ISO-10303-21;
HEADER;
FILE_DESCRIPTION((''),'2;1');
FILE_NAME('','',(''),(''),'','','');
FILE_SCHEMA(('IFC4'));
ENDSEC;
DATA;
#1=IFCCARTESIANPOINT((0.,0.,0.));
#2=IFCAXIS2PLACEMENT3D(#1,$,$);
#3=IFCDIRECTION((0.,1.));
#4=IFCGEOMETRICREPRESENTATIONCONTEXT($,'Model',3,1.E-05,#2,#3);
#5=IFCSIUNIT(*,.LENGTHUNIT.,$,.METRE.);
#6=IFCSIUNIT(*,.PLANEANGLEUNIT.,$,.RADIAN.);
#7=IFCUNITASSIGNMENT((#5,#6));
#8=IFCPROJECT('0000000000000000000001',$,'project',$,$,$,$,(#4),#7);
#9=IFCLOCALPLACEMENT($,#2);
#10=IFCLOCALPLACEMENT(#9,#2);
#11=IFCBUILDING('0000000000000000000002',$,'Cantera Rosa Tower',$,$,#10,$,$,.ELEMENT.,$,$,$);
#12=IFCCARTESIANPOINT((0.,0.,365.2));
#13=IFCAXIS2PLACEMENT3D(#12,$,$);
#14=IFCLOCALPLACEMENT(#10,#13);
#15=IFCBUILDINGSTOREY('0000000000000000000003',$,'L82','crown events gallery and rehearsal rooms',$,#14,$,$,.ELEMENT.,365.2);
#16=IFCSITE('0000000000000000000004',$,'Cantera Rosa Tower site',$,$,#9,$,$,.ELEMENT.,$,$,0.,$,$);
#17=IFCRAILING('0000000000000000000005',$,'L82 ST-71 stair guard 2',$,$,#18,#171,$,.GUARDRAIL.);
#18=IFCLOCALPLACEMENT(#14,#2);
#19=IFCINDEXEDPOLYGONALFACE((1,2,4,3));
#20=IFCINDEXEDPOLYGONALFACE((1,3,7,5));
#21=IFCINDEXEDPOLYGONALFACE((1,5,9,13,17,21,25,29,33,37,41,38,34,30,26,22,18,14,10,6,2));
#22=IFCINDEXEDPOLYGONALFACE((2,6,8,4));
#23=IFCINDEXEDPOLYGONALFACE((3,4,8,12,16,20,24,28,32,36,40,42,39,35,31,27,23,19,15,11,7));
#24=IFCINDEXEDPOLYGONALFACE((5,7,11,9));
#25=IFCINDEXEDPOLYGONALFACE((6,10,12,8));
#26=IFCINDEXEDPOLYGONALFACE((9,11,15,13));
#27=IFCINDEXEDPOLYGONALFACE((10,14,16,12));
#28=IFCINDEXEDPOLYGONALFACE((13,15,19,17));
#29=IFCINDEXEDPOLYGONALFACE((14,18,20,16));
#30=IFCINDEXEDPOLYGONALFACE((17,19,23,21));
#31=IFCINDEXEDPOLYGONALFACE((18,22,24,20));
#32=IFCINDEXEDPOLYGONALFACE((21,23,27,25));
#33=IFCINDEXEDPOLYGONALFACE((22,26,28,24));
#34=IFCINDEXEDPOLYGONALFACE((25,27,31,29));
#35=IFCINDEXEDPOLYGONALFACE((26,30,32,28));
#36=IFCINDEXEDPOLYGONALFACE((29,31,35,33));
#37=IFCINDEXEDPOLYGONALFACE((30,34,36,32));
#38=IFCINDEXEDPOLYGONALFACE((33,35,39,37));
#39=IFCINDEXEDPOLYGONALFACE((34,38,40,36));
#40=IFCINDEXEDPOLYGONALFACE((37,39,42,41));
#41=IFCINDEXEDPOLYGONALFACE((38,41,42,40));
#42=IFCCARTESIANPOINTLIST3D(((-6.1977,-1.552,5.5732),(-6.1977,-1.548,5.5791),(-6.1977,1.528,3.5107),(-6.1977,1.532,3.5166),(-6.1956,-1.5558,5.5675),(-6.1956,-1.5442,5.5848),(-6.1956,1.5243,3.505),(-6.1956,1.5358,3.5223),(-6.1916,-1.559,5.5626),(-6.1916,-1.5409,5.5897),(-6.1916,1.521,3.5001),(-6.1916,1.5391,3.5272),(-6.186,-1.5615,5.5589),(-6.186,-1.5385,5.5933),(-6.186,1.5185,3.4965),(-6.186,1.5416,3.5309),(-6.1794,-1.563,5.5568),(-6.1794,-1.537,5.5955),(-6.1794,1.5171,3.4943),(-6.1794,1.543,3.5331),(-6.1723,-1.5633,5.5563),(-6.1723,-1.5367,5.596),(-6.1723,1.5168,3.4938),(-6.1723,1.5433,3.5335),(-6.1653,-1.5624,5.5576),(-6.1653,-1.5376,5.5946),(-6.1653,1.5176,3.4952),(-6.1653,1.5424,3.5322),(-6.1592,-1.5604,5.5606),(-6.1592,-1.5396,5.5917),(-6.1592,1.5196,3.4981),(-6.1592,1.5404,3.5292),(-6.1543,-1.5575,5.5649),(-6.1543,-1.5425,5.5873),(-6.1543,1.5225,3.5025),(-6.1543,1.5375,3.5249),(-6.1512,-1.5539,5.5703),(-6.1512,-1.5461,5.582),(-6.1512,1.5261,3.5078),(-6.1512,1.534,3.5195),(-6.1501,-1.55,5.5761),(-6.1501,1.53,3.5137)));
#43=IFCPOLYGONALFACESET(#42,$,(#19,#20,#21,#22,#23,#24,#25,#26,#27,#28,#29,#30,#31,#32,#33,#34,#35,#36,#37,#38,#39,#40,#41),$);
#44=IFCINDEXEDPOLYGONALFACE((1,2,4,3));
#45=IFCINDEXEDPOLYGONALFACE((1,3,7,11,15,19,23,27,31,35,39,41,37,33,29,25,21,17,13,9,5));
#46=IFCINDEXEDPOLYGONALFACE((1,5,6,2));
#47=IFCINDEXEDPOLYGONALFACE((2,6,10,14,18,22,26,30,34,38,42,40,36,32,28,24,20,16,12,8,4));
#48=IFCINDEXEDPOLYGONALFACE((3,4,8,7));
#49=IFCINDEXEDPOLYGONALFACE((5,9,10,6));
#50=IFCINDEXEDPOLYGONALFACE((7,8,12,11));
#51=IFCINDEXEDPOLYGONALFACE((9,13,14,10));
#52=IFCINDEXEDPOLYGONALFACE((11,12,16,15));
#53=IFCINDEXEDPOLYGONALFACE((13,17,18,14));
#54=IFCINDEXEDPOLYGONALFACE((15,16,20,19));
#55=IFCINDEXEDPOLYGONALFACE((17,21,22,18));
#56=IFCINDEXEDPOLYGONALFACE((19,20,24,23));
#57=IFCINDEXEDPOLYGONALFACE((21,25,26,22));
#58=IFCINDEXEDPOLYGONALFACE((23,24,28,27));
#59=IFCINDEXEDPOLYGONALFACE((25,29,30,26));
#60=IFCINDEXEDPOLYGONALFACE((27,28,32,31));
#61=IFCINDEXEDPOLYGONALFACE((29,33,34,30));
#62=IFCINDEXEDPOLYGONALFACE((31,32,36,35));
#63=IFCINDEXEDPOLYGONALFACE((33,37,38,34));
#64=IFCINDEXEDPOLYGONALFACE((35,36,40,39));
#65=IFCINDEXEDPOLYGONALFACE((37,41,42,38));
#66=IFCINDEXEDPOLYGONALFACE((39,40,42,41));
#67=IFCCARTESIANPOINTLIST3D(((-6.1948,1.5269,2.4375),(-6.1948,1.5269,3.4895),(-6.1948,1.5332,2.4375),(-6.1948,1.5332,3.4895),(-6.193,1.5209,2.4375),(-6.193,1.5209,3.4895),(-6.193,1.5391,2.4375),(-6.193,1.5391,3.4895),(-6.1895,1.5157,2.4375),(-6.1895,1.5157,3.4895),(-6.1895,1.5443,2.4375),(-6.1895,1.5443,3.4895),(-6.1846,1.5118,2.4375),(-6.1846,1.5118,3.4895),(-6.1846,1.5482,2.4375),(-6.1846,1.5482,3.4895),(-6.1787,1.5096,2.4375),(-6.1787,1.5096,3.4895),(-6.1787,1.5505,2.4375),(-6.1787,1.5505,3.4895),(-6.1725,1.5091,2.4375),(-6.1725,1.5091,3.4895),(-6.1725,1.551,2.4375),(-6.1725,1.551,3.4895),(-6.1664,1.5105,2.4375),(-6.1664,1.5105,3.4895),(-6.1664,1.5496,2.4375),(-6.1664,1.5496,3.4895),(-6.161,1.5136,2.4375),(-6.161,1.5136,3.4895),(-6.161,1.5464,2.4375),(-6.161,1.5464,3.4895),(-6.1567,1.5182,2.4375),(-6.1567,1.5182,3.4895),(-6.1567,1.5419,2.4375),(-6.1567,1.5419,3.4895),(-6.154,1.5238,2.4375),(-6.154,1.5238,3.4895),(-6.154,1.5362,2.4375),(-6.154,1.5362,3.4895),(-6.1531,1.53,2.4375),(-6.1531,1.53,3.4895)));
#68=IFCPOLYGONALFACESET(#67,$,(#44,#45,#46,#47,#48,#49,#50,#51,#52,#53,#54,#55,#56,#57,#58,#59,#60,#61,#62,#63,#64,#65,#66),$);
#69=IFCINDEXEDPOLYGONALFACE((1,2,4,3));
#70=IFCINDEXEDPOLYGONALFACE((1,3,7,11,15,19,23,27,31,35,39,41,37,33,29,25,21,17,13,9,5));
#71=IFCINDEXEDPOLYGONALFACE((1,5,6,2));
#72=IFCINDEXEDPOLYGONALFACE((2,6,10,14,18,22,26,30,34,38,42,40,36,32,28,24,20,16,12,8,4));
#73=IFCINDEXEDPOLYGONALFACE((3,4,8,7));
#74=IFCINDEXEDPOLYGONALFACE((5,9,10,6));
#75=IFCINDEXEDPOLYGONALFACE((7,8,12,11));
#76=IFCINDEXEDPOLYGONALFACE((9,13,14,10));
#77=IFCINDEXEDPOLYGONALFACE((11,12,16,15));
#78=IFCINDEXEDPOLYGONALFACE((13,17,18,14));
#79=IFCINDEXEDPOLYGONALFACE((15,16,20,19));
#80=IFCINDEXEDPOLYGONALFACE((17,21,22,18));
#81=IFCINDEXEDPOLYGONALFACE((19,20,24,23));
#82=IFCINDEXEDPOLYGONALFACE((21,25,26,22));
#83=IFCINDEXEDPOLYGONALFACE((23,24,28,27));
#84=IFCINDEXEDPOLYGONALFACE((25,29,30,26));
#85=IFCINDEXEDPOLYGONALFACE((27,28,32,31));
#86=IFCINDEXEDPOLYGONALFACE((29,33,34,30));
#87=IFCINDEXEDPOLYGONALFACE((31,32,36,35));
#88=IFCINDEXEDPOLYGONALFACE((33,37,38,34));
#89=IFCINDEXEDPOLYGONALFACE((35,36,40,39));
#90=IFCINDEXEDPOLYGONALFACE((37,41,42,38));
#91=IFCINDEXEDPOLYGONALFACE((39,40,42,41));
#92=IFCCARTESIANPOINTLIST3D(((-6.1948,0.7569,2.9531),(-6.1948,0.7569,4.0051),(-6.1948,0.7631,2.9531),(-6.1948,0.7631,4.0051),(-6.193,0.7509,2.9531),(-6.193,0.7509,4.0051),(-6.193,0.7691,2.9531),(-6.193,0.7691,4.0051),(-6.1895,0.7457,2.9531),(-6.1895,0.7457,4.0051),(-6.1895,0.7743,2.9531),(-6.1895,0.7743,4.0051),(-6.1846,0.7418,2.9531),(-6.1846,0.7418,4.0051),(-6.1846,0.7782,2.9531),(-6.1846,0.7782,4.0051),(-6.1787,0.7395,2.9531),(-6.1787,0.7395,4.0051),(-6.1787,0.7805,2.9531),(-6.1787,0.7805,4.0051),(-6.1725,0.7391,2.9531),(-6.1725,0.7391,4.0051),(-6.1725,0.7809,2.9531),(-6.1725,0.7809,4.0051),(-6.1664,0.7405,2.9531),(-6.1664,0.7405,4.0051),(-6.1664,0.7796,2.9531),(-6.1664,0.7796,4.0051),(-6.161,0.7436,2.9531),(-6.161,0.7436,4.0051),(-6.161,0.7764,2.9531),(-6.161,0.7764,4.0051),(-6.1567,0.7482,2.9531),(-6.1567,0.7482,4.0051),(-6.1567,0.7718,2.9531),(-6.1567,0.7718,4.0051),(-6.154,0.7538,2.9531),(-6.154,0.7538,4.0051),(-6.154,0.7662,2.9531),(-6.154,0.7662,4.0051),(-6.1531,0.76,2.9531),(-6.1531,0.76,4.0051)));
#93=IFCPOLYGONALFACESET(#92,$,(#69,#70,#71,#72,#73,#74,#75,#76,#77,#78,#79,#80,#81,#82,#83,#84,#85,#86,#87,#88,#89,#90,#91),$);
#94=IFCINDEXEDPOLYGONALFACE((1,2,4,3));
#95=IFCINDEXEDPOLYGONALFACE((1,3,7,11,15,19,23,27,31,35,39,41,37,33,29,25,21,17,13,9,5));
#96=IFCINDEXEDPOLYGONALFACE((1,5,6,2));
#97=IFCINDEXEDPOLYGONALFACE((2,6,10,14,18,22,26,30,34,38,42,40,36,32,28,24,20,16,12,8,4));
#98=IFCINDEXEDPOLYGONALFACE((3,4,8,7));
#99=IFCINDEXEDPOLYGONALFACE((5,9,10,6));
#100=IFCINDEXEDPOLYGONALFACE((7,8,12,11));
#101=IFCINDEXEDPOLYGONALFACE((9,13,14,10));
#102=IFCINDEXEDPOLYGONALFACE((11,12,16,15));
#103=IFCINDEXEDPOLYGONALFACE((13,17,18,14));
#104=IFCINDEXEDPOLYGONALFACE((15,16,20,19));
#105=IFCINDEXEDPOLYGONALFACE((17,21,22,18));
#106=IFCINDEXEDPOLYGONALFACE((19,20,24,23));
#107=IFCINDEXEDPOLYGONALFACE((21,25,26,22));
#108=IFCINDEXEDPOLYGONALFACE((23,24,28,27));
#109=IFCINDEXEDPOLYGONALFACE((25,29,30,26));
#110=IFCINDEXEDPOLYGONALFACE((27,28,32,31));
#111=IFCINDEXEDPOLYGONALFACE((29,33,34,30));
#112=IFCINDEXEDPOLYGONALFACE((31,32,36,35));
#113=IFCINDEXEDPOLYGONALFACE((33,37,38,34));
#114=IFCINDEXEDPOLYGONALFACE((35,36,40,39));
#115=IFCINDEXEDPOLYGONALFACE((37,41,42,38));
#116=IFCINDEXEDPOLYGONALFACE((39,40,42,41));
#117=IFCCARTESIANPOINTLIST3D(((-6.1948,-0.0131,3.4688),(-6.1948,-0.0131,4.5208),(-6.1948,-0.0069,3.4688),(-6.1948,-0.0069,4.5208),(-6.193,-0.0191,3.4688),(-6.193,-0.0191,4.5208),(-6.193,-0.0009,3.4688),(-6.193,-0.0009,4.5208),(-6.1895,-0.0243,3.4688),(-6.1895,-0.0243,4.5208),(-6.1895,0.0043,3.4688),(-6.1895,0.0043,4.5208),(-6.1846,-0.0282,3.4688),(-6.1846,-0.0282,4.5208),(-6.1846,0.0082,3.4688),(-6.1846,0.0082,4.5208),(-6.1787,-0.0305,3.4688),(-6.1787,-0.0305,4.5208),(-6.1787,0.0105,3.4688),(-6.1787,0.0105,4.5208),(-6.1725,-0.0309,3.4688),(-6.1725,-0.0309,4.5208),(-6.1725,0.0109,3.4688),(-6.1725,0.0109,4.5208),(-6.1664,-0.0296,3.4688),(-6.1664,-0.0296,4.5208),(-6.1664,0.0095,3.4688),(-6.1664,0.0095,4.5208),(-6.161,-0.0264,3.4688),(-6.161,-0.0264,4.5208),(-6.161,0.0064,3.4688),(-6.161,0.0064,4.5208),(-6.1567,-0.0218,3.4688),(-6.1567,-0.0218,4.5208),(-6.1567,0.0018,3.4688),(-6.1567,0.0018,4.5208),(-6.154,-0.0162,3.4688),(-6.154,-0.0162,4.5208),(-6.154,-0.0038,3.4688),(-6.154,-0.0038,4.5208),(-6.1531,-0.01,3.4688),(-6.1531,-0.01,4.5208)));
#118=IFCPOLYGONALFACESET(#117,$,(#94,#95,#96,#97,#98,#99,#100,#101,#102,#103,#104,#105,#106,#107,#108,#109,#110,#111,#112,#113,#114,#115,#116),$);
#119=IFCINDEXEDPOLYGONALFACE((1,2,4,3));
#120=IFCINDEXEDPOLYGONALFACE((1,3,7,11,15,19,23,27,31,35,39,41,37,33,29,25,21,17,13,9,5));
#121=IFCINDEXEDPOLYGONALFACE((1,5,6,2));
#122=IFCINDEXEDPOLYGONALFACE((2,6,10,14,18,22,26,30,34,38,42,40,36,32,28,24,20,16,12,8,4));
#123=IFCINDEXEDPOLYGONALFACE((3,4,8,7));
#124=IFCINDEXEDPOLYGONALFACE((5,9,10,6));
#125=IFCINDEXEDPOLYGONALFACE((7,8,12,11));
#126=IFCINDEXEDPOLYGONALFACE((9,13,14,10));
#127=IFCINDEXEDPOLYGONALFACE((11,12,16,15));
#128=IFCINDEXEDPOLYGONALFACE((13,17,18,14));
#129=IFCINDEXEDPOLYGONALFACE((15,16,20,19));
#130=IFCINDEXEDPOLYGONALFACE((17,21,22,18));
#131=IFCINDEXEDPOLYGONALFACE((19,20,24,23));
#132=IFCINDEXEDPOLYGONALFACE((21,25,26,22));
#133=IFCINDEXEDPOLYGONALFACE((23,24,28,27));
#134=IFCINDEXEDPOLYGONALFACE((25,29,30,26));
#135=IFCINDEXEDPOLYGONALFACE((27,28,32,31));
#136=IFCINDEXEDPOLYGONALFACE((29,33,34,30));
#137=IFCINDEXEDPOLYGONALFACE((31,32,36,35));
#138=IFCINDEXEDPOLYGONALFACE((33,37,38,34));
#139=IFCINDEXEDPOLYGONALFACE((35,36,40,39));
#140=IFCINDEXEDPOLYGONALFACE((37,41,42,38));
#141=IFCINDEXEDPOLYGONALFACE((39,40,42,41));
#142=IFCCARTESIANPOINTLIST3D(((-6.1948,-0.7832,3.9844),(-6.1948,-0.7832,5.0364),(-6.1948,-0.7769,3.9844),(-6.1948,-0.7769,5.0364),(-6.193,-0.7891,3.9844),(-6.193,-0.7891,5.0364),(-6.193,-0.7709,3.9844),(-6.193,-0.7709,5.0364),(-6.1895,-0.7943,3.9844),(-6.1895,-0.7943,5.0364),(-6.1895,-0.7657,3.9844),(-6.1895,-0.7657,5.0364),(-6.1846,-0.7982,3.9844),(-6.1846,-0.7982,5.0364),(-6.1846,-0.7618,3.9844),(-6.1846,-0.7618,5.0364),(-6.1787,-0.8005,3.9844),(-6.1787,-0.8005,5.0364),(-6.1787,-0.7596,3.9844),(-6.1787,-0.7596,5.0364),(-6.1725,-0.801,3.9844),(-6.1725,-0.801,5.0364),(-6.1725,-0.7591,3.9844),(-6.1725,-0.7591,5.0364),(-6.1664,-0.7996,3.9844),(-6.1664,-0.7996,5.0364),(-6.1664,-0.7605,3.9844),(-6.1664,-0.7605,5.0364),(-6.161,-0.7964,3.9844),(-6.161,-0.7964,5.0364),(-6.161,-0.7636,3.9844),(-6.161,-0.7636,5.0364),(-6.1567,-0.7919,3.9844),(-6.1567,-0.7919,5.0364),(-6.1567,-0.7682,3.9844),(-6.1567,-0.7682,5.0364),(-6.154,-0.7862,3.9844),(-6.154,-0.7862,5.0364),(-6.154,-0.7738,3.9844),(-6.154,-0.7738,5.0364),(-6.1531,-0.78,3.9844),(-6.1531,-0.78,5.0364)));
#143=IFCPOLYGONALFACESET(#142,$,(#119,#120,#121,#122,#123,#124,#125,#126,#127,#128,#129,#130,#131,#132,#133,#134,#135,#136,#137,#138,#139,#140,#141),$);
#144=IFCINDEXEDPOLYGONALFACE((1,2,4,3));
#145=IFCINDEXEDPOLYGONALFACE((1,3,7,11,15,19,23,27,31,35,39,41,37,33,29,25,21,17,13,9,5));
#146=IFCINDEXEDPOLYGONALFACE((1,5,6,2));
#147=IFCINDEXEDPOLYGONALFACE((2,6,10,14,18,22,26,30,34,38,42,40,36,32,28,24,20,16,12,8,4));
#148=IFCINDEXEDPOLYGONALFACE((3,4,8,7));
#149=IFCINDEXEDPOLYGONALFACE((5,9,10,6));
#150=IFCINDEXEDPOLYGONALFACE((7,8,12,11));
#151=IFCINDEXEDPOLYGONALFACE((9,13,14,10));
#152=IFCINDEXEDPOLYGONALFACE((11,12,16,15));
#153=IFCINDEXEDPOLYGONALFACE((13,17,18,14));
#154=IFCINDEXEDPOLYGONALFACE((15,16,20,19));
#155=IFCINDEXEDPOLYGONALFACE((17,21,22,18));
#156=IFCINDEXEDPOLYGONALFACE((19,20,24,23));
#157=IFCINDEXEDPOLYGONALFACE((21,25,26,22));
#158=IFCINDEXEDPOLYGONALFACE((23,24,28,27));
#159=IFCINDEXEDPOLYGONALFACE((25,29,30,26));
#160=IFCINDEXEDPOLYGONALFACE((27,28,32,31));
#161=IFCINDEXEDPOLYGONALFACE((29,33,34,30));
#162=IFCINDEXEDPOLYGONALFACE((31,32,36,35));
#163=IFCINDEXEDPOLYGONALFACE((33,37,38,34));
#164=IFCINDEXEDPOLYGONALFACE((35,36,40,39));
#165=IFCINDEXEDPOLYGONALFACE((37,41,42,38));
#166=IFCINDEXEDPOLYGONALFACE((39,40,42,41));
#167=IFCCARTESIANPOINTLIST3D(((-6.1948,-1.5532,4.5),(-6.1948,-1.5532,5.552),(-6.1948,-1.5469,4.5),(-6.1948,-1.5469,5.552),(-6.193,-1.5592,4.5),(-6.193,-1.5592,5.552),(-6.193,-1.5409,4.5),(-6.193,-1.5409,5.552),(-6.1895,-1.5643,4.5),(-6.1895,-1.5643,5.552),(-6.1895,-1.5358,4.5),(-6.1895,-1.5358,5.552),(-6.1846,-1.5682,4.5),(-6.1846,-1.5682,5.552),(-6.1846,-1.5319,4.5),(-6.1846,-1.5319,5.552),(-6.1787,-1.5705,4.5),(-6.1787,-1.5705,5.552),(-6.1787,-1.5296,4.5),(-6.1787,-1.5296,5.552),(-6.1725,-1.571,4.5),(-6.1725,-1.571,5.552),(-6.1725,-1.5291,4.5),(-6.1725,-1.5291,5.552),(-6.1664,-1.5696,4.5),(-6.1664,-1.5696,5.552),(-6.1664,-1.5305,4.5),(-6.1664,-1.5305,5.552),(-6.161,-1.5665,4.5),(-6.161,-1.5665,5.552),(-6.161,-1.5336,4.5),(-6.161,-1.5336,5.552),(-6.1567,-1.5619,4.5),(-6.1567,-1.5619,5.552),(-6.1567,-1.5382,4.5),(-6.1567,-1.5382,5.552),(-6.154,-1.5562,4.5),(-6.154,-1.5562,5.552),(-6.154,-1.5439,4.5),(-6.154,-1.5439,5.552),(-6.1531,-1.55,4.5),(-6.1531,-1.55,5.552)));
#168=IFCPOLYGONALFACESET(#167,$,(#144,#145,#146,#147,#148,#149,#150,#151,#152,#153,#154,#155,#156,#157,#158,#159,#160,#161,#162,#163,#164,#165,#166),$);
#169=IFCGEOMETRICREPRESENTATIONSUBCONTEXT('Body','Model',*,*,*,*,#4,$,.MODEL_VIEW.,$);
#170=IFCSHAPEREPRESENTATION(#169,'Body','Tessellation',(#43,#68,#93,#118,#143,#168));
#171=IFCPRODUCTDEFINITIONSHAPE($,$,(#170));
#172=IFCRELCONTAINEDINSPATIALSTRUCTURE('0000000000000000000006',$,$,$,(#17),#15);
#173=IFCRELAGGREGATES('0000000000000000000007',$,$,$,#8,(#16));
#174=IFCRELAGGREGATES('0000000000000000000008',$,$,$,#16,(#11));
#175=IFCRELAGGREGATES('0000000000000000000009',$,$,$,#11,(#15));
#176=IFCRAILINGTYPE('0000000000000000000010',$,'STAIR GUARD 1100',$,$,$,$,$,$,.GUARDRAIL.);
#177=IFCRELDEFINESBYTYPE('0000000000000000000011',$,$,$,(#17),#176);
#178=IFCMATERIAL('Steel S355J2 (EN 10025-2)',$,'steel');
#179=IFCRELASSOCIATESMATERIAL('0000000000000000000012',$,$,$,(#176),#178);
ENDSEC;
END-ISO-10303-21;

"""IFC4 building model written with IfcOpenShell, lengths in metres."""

from ifc_helpers import new_model, si_unit, direction, frame, origin, origin_2d, place, context, subcontext, project, spatial, circle, extrude, material, type_object, element, save


model = new_model("IFC4")

# Units and contexts
model_context = context("Model", 3, precision=1e-05, world=origin(), true_north=direction((0.0, 1.0)))
body_context = subcontext(model_context, "Body", "Model", "MODEL_VIEW")
ifc_project = project(units=[si_unit("LENGTHUNIT", "METRE"), si_unit("PLANEANGLEUNIT", "RADIAN")], contexts=[model_context])

# Site, building, storey
site_placement = place(None, origin())
site = spatial("IfcSite", under=ifc_project, at=site_placement, Name="Cantera Rosa Tower site", CompositionType="ELEMENT", RefElevation=0.0)
building_placement = place(site_placement, origin())
building = spatial("IfcBuilding", under=site, at=building_placement, Name="Cantera Rosa Tower", CompositionType="ELEMENT")
storey_placement = place(building_placement, frame((0.0, 0.0, 365.2)))
storey = spatial("IfcBuildingStorey", under=building, at=storey_placement, Name="L82", Description="crown events gallery and rehearsal rooms", CompositionType="ELEMENT", Elevation=365.2)

# Railing
ifc_material_1 = material(Name="Steel S355J2 (EN 10025-2)", Category="steel")
railing_type_1 = type_object("IfcRailingType", Name="STAIR GUARD 1100", PredefinedType="GUARDRAIL", material=ifc_material_1)
railing_1_placement = place(storey_placement, frame((-6.1741, 1.53, 2.4375)))
element("IfcRailing", 1, at=railing_1_placement, inside=storey, type_object=railing_type_1, Name="L82 ST-71 stair guard 2", PredefinedType="GUARDRAIL", context=body_context, shape_type="SweptSolid", body=[
    extrude(circle(Radius=0.0239, at=origin_2d()), frame((0.0, 0.0, 1.0762), z_axis=(0.0, -0.830914, 0.556401), x_axis=(1.0, 0.0, 0.0)), (0.0, 0.0, 1.0), 3.7068),
    extrude(circle(Radius=0.021, at=origin_2d()), origin(), (0.0, 0.0, 1.0), 1.052),
    extrude(circle(Radius=0.021, at=origin_2d()), frame((0.0, -0.77, 0.5156)), (0.0, 0.0, 1.0), 1.052),
    extrude(circle(Radius=0.021, at=origin_2d()), frame((0.0, -1.54, 1.0312)), (0.0, 0.0, 1.0), 1.052),
    extrude(circle(Radius=0.021, at=origin_2d()), frame((0.0, -2.3101, 1.5469)), (0.0, 0.0, 1.0), 1.052),
    extrude(circle(Radius=0.021, at=origin_2d()), frame((0.0, -3.0801, 2.0625)), (0.0, 0.0, 1.0), 1.052),
])

save(model, "model.ifc")
